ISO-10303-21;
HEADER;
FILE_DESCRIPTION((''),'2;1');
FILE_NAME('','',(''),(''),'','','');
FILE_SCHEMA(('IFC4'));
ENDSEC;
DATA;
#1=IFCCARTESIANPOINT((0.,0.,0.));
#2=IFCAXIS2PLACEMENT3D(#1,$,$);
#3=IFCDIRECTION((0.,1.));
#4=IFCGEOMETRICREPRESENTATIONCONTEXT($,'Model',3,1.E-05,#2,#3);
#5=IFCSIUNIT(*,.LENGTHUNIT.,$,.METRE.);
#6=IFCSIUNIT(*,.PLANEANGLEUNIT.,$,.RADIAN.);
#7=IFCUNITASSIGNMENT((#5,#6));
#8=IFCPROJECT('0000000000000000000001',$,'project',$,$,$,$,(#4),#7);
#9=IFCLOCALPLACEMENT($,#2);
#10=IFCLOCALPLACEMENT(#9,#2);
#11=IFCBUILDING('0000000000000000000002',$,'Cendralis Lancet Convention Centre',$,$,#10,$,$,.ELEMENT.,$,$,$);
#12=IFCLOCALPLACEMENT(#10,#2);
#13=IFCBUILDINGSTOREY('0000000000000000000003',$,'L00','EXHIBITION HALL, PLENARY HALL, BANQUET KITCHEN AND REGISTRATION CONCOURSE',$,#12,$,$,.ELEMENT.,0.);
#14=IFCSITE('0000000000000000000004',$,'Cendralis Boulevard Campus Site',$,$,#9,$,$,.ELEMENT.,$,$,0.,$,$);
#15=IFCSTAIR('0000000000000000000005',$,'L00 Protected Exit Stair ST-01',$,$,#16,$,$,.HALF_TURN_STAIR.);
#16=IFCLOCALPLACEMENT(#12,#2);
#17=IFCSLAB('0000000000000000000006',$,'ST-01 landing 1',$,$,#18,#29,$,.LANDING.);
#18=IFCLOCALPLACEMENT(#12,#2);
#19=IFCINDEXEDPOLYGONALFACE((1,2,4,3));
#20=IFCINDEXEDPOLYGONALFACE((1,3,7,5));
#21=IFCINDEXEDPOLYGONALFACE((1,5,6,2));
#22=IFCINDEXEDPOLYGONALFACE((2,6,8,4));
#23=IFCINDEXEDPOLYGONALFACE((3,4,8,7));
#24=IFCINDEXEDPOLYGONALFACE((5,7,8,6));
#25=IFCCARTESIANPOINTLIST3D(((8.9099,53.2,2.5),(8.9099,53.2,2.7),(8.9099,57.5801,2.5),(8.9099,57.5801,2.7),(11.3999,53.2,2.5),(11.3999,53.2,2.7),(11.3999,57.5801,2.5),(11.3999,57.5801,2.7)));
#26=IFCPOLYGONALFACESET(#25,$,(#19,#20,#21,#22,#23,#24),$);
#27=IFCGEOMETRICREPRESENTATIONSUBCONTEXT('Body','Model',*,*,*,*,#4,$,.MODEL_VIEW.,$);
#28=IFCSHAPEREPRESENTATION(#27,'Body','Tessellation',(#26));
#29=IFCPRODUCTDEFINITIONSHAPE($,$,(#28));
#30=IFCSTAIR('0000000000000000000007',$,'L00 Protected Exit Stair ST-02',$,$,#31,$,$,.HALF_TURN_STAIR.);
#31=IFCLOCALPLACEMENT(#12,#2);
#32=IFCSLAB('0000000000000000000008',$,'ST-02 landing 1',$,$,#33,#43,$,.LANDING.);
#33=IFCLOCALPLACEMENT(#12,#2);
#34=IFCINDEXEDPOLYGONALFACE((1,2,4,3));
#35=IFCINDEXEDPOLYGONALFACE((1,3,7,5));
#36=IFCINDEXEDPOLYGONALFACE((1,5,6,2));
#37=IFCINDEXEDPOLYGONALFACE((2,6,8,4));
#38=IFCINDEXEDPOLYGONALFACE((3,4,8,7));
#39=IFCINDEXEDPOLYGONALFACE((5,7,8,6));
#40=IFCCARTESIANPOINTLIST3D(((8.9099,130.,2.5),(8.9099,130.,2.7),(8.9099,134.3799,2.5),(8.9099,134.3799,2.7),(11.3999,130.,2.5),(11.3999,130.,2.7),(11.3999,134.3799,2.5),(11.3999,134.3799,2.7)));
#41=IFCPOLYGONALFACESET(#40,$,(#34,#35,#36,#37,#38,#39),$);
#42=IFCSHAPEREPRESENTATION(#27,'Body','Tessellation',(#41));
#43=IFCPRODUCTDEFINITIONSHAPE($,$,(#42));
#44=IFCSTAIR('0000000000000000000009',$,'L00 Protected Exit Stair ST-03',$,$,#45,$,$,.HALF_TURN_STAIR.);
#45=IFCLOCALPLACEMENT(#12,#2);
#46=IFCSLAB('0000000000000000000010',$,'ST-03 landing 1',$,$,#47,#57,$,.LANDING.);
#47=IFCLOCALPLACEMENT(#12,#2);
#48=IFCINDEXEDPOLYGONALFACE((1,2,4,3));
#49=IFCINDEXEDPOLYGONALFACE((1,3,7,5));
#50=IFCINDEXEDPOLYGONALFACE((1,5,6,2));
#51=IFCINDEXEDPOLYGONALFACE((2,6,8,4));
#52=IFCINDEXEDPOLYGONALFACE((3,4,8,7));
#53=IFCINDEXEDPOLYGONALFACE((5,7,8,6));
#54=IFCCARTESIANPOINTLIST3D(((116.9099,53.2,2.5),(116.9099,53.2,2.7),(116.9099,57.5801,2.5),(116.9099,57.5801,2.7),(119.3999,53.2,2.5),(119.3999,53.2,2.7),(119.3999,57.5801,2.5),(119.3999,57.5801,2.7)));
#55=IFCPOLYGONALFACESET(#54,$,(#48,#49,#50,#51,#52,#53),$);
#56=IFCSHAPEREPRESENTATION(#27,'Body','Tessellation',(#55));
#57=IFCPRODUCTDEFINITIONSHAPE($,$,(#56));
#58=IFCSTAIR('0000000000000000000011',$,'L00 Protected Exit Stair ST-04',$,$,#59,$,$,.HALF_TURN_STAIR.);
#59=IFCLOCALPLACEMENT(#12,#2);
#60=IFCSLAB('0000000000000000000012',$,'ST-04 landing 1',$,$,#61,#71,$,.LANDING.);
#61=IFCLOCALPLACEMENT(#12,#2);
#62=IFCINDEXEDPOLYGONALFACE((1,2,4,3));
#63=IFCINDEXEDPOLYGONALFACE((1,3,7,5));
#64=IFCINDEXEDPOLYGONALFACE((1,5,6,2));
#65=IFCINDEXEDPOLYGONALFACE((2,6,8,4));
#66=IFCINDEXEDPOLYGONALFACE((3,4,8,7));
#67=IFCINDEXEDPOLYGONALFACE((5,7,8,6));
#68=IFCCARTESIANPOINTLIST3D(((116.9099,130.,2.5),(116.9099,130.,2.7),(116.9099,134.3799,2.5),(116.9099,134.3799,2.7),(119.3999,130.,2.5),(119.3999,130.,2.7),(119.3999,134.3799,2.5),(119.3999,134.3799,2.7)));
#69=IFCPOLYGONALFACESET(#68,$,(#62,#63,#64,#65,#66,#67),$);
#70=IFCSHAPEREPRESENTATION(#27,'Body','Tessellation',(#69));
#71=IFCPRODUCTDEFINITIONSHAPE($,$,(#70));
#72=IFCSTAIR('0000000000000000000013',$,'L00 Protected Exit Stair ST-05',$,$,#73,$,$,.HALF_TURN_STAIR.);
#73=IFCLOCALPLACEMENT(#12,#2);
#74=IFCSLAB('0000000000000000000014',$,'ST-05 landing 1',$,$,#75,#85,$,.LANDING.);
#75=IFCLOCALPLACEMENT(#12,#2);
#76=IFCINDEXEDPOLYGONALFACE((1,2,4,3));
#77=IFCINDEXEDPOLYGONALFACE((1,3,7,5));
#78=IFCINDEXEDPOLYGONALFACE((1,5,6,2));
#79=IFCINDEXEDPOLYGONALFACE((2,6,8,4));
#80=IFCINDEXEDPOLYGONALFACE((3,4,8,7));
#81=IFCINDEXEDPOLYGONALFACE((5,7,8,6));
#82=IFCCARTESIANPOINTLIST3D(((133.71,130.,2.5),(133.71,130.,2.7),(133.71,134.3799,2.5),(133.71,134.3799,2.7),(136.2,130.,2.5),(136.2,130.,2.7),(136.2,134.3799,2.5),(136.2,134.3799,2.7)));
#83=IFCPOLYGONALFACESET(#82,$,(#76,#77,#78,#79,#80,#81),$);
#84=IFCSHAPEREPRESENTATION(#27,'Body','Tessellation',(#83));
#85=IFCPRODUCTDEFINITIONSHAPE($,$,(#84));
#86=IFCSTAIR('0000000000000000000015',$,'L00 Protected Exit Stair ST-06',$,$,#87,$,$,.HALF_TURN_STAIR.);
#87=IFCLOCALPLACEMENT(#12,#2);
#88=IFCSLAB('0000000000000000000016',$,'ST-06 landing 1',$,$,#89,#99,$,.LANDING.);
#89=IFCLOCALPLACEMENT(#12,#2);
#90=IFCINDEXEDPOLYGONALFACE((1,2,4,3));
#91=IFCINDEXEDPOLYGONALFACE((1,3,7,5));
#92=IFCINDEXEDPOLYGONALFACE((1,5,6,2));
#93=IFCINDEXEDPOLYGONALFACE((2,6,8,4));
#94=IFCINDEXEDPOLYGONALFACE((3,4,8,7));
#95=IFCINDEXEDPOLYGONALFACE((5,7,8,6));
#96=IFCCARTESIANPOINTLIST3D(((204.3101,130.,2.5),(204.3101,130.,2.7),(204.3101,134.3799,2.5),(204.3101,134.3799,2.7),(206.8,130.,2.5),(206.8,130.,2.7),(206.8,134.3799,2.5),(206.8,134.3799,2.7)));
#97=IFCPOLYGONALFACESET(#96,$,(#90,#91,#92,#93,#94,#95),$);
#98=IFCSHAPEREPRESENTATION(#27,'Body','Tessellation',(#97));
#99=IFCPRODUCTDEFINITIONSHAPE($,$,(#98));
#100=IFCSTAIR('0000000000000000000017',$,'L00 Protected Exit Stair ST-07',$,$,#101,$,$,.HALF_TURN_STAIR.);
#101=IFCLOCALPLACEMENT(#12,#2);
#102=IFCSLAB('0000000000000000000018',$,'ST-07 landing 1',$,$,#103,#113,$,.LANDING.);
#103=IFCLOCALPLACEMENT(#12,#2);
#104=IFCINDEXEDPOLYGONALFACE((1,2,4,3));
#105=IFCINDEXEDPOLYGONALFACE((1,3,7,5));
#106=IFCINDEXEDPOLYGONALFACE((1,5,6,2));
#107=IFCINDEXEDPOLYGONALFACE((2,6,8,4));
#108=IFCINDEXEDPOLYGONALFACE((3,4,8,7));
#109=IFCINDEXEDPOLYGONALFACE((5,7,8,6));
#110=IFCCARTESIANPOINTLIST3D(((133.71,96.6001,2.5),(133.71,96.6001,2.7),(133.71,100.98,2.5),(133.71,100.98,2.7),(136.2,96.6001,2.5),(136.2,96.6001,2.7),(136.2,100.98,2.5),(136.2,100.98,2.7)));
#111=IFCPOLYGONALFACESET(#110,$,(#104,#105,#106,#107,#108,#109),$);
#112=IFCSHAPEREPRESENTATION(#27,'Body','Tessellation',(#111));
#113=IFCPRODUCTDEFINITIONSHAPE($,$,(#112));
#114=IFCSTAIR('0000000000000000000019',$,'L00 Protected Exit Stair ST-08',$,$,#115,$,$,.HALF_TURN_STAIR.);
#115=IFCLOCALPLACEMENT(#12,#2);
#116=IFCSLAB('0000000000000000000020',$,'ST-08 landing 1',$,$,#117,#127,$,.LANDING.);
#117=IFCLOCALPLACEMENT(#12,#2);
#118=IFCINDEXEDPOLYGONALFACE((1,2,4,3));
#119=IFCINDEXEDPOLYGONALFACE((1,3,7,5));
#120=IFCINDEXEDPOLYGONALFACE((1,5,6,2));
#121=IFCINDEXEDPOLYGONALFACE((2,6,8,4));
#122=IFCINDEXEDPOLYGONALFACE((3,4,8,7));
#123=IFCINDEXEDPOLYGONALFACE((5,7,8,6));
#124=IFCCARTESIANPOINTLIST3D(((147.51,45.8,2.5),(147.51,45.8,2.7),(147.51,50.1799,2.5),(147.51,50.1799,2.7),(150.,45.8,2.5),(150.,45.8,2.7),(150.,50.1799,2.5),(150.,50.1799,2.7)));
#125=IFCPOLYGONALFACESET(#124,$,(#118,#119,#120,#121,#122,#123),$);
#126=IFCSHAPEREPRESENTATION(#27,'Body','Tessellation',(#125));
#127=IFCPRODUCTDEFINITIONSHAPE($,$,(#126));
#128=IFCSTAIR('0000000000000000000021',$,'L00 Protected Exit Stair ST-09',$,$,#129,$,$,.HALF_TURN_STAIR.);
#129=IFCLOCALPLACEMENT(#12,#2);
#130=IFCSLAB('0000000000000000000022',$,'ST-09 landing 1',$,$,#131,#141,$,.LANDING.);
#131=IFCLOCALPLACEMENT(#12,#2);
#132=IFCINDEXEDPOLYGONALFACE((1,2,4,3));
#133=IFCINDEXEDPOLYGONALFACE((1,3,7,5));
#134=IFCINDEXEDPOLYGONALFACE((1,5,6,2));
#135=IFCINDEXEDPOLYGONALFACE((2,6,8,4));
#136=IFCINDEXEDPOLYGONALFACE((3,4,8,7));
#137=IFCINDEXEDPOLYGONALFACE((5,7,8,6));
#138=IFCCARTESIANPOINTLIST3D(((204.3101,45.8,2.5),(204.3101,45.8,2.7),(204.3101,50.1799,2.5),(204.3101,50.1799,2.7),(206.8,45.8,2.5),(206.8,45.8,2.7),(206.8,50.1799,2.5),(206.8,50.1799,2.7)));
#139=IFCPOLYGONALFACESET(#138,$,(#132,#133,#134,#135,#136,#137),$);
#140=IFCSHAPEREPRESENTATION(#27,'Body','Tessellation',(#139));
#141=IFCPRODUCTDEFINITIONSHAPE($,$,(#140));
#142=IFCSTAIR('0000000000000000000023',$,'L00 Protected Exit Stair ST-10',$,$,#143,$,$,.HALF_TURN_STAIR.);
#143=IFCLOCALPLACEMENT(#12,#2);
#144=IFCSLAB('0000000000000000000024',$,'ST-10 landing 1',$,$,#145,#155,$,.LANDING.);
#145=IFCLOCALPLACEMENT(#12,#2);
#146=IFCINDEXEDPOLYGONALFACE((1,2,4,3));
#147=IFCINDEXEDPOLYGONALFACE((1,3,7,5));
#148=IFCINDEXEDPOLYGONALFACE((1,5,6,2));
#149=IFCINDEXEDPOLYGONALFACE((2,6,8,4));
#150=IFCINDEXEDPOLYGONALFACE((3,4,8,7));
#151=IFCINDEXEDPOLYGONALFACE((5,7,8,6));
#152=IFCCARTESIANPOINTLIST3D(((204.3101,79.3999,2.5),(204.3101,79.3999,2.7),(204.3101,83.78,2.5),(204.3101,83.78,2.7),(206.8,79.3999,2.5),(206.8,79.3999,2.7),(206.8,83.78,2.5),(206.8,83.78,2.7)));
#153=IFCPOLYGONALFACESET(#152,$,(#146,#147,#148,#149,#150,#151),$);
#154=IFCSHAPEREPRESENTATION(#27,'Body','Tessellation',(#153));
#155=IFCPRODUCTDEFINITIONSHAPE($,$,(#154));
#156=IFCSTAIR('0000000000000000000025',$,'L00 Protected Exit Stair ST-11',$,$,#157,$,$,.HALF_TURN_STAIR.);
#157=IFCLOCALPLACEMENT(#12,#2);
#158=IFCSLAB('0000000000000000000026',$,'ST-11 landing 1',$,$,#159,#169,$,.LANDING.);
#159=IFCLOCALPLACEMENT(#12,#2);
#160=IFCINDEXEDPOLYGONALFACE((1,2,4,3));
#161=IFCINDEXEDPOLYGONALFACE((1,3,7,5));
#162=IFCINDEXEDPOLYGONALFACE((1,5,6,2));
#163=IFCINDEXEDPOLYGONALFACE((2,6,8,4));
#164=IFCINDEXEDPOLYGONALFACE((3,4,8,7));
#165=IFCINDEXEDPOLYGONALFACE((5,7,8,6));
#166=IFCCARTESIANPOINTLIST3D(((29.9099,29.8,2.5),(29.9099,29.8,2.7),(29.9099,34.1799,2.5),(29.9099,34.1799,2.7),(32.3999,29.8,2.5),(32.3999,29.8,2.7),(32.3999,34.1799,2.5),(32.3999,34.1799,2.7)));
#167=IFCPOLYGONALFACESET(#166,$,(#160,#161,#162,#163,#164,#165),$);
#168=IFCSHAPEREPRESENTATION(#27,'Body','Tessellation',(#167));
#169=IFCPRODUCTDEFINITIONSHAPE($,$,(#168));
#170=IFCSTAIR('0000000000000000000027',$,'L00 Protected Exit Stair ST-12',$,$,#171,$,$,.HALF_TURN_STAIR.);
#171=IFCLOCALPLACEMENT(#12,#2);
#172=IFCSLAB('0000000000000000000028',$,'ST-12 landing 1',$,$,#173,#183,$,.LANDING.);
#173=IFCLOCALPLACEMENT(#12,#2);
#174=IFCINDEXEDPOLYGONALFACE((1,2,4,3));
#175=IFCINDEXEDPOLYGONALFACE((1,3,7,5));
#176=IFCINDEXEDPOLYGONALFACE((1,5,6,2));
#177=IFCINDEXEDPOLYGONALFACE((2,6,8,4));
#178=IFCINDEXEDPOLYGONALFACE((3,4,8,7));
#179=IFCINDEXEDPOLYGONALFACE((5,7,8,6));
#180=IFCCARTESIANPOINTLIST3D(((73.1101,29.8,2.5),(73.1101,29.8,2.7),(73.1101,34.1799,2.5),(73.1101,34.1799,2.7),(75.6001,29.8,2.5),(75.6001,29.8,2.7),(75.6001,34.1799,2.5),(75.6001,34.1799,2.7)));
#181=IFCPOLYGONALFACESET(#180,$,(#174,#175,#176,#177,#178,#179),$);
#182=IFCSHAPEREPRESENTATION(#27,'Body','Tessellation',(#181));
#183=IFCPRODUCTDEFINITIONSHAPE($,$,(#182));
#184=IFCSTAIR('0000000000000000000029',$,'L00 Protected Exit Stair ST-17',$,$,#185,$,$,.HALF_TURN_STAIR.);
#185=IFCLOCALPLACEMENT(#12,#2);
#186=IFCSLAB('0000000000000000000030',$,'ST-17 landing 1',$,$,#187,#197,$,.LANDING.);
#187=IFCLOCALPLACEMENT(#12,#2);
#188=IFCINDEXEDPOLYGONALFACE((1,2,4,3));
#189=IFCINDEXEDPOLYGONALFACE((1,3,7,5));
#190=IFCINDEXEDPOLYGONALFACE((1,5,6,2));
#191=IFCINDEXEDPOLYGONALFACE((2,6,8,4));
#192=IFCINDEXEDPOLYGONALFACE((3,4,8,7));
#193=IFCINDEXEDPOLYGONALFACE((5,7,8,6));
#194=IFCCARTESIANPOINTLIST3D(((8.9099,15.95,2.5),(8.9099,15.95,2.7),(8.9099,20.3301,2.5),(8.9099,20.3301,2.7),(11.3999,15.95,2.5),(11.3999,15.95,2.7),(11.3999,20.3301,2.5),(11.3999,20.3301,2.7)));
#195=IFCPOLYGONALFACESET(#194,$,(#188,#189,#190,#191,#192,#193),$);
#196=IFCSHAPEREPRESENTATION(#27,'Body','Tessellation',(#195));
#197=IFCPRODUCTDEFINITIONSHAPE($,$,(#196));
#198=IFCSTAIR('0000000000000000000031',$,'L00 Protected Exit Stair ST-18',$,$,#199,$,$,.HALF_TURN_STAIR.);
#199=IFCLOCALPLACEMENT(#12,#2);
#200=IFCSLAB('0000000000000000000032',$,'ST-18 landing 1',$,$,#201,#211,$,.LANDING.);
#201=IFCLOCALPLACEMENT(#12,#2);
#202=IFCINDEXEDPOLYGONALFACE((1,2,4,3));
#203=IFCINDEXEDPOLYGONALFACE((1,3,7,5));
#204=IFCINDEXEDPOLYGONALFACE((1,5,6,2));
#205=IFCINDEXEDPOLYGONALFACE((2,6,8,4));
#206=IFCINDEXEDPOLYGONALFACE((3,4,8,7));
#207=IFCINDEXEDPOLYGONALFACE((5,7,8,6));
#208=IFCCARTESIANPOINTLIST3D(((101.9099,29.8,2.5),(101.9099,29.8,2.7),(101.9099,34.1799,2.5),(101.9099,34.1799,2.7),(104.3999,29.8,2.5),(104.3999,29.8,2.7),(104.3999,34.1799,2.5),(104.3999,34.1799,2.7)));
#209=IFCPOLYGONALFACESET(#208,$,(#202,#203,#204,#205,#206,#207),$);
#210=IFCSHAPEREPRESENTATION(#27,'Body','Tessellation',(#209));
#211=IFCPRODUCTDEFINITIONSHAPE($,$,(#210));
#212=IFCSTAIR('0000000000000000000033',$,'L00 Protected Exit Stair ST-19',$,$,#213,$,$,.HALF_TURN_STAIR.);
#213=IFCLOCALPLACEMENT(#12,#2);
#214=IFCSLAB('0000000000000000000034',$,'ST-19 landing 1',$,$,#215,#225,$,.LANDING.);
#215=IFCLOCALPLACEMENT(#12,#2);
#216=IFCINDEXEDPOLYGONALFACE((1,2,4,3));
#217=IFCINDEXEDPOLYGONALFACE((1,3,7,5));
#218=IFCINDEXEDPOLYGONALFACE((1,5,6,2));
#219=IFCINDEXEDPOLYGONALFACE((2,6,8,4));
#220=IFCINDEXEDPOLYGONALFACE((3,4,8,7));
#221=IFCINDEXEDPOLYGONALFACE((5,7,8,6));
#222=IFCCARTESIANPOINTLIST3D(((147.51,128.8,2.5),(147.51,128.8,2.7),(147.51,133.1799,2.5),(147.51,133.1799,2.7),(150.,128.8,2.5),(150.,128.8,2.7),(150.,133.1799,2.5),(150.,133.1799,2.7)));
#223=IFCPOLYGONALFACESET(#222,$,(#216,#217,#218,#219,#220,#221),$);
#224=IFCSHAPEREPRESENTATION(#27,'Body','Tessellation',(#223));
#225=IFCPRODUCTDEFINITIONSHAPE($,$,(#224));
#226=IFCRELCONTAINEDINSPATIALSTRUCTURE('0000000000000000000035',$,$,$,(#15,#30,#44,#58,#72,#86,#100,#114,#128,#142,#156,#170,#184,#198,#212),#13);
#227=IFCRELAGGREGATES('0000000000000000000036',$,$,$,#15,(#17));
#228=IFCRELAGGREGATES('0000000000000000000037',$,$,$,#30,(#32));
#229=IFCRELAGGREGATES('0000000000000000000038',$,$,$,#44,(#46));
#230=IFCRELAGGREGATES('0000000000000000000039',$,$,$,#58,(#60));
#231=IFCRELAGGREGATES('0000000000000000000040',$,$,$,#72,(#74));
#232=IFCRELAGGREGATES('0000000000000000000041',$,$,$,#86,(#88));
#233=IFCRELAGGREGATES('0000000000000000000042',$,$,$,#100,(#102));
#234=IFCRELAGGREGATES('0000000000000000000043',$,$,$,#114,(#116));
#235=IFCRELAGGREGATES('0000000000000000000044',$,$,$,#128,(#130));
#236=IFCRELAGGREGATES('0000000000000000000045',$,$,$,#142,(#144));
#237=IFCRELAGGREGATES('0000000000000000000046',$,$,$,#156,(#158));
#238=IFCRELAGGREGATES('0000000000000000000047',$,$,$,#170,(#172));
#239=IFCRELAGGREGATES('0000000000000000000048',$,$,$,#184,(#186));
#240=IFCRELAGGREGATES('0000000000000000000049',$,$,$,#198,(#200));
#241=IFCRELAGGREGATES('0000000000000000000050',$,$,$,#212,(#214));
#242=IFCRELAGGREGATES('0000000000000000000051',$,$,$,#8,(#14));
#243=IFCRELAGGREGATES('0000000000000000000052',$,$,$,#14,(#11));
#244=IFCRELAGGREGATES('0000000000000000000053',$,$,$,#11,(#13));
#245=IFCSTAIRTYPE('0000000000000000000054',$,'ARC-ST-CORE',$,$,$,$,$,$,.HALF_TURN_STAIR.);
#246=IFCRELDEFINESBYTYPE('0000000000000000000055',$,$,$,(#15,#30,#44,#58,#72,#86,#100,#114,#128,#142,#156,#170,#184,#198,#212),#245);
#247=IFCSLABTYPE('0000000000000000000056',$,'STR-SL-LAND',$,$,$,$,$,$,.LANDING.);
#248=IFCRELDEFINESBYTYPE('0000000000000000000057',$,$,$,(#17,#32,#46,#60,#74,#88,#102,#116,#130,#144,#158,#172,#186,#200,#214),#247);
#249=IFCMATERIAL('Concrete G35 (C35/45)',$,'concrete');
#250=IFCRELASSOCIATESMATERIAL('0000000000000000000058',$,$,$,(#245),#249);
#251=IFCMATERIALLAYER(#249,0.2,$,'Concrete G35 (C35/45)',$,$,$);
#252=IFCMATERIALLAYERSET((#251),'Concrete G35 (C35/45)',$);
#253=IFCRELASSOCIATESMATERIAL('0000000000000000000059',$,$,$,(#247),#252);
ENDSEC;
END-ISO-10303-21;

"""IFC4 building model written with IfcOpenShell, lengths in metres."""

from ifc_helpers import new_model, si_unit, direction, frame, origin, place, context, subcontext, project, spatial, polyline, outline, extrude, material, layer, layer_set, type_object, element, aggregate, save


model = new_model("IFC4")

# Units and contexts
model_context = context("Model", 3, precision=1e-05, world=origin(), true_north=direction((0.0, 1.0)))
body_context = subcontext(model_context, "Body", "Model", "MODEL_VIEW")
ifc_project = project(units=[si_unit("LENGTHUNIT", "METRE"), si_unit("PLANEANGLEUNIT", "RADIAN")], contexts=[model_context])

# Site, building, storey
site_placement = place(None, origin())
site = spatial("IfcSite", under=ifc_project, at=site_placement, Name="Cendralis Boulevard Campus Site", CompositionType="ELEMENT", RefElevation=0.0)
building_placement = place(site_placement, origin())
building = spatial("IfcBuilding", under=site, at=building_placement, Name="Cendralis Lancet Convention Centre", CompositionType="ELEMENT")
storey_placement = place(building_placement, origin())
storey = spatial("IfcBuildingStorey", under=building, at=storey_placement, Name="L00", Description="EXHIBITION HALL, PLENARY HALL, BANQUET KITCHEN AND REGISTRATION CONCOURSE", CompositionType="ELEMENT", Elevation=0.0)

# Stairs, slabs
ifc_material_1 = material(Name="Concrete G35 (C35/45)", Category="concrete")
stair_type = type_object("IfcStairType", Name="ARC-ST-CORE", PredefinedType="HALF_TURN_STAIR", material=ifc_material_1)
stair_1_placement = place(storey_placement, origin())
stair_1 = element("IfcStair", 1, at=stair_1_placement, inside=storey, type_object=stair_type, Name="L00 Protected Exit Stair ST-01", PredefinedType="HALF_TURN_STAIR")
ifc_layer_1 = layer(ifc_material_1, 0.2, Name="Concrete G35 (C35/45)")
ifc_layer_set_1 = layer_set([ifc_layer_1], Name="Concrete G35 (C35/45)")
slab_type = type_object("IfcSlabType", Name="STR-SL-LAND", PredefinedType="LANDING", material=ifc_layer_set_1)
slab_1_placement = place(storey_placement, frame((0.0, 0.0, 2.5)))
slab_1 = element("IfcSlab", 2, at=slab_1_placement, type_object=slab_type, Name="ST-01 landing 1", PredefinedType="LANDING", context=body_context, shape_type="SweptSolid", body=[
    extrude(outline(polyline([(8.9099, 53.2), (11.3999, 53.2), (11.3999, 57.5801), (8.9099, 57.5801), (8.9099, 53.2)])), origin(), (0.0, 0.0, 1.0), 0.2),
])
aggregate(stair_1, [slab_1])
stair_2_placement = place(storey_placement, origin())
stair_2 = element("IfcStair", 3, at=stair_2_placement, inside=storey, type_object=stair_type, Name="L00 Protected Exit Stair ST-02", PredefinedType="HALF_TURN_STAIR")
slab_2_placement = place(storey_placement, frame((0.0, 0.0, 2.5)))
slab_2 = element("IfcSlab", 4, at=slab_2_placement, type_object=slab_type, Name="ST-02 landing 1", PredefinedType="LANDING", context=body_context, shape_type="SweptSolid", body=[
    extrude(outline(polyline([(8.9099, 130.0), (11.3999, 130.0), (11.3999, 134.3799), (8.9099, 134.3799), (8.9099, 130.0)])), origin(), (0.0, 0.0, 1.0), 0.2),
])
aggregate(stair_2, [slab_2])
stair_3_placement = place(storey_placement, origin())
stair_3 = element("IfcStair", 5, at=stair_3_placement, inside=storey, type_object=stair_type, Name="L00 Protected Exit Stair ST-03", PredefinedType="HALF_TURN_STAIR")
slab_3_placement = place(storey_placement, frame((0.0, 0.0, 2.5)))
slab_3 = element("IfcSlab", 6, at=slab_3_placement, type_object=slab_type, Name="ST-03 landing 1", PredefinedType="LANDING", context=body_context, shape_type="SweptSolid", body=[
    extrude(outline(polyline([(116.9099, 53.2), (119.3999, 53.2), (119.3999, 57.5801), (116.9099, 57.5801), (116.9099, 53.2)])), origin(), (0.0, 0.0, 1.0), 0.2),
])
aggregate(stair_3, [slab_3])
stair_4_placement = place(storey_placement, origin())
stair_4 = element("IfcStair", 7, at=stair_4_placement, inside=storey, type_object=stair_type, Name="L00 Protected Exit Stair ST-04", PredefinedType="HALF_TURN_STAIR")
slab_4_placement = place(storey_placement, frame((0.0, 0.0, 2.5)))
slab_4 = element("IfcSlab", 8, at=slab_4_placement, type_object=slab_type, Name="ST-04 landing 1", PredefinedType="LANDING", context=body_context, shape_type="SweptSolid", body=[
    extrude(outline(polyline([(116.9099, 130.0), (119.3999, 130.0), (119.3999, 134.3799), (116.9099, 134.3799), (116.9099, 130.0)])), origin(), (0.0, 0.0, 1.0), 0.2),
])
aggregate(stair_4, [slab_4])
stair_5_placement = place(storey_placement, origin())
stair_5 = element("IfcStair", 9, at=stair_5_placement, inside=storey, type_object=stair_type, Name="L00 Protected Exit Stair ST-05", PredefinedType="HALF_TURN_STAIR")
slab_5_placement = place(storey_placement, frame((0.0, 0.0, 2.5)))
slab_5 = element("IfcSlab", 10, at=slab_5_placement, type_object=slab_type, Name="ST-05 landing 1", PredefinedType="LANDING", context=body_context, shape_type="SweptSolid", body=[
    extrude(outline(polyline([(133.71, 130.0), (136.2, 130.0), (136.2, 134.3799), (133.71, 134.3799), (133.71, 130.0)])), origin(), (0.0, 0.0, 1.0), 0.2),
])
aggregate(stair_5, [slab_5])
stair_6_placement = place(storey_placement, origin())
stair_6 = element("IfcStair", 11, at=stair_6_placement, inside=storey, type_object=stair_type, Name="L00 Protected Exit Stair ST-06", PredefinedType="HALF_TURN_STAIR")
slab_6_placement = place(storey_placement, frame((0.0, 0.0, 2.5)))
slab_6 = element("IfcSlab", 12, at=slab_6_placement, type_object=slab_type, Name="ST-06 landing 1", PredefinedType="LANDING", context=body_context, shape_type="SweptSolid", body=[
    extrude(outline(polyline([(204.3101, 130.0), (206.8, 130.0), (206.8, 134.3799), (204.3101, 134.3799), (204.3101, 130.0)])), origin(), (0.0, 0.0, 1.0), 0.2),
])
aggregate(stair_6, [slab_6])
stair_7_placement = place(storey_placement, origin())
stair_7 = element("IfcStair", 13, at=stair_7_placement, inside=storey, type_object=stair_type, Name="L00 Protected Exit Stair ST-07", PredefinedType="HALF_TURN_STAIR")
slab_7_placement = place(storey_placement, frame((0.0, 0.0, 2.5)))
slab_7 = element("IfcSlab", 14, at=slab_7_placement, type_object=slab_type, Name="ST-07 landing 1", PredefinedType="LANDING", context=body_context, shape_type="SweptSolid", body=[
    extrude(outline(polyline([(133.71, 96.6001), (136.2, 96.6001), (136.2, 100.98), (133.71, 100.98), (133.71, 96.6001)])), origin(), (0.0, 0.0, 1.0), 0.2),
])
aggregate(stair_7, [slab_7])
stair_8_placement = place(storey_placement, origin())
stair_8 = element("IfcStair", 15, at=stair_8_placement, inside=storey, type_object=stair_type, Name="L00 Protected Exit Stair ST-08", PredefinedType="HALF_TURN_STAIR")
slab_8_placement = place(storey_placement, frame((0.0, 0.0, 2.5)))
slab_8 = element("IfcSlab", 16, at=slab_8_placement, type_object=slab_type, Name="ST-08 landing 1", PredefinedType="LANDING", context=body_context, shape_type="SweptSolid", body=[
    extrude(outline(polyline([(147.51, 45.8), (150.0, 45.8), (150.0, 50.1799), (147.51, 50.1799), (147.51, 45.8)])), origin(), (0.0, 0.0, 1.0), 0.2),
])
aggregate(stair_8, [slab_8])
stair_9_placement = place(storey_placement, origin())
stair_9 = element("IfcStair", 17, at=stair_9_placement, inside=storey, type_object=stair_type, Name="L00 Protected Exit Stair ST-09", PredefinedType="HALF_TURN_STAIR")
slab_9_placement = place(storey_placement, frame((0.0, 0.0, 2.5)))
slab_9 = element("IfcSlab", 18, at=slab_9_placement, type_object=slab_type, Name="ST-09 landing 1", PredefinedType="LANDING", context=body_context, shape_type="SweptSolid", body=[
    extrude(outline(polyline([(204.3101, 45.8), (206.8, 45.8), (206.8, 50.1799), (204.3101, 50.1799), (204.3101, 45.8)])), origin(), (0.0, 0.0, 1.0), 0.2),
])
aggregate(stair_9, [slab_9])
stair_10_placement = place(storey_placement, origin())
stair_10 = element("IfcStair", 19, at=stair_10_placement, inside=storey, type_object=stair_type, Name="L00 Protected Exit Stair ST-10", PredefinedType="HALF_TURN_STAIR")
slab_10_placement = place(storey_placement, frame((0.0, 0.0, 2.5)))
slab_10 = element("IfcSlab", 20, at=slab_10_placement, type_object=slab_type, Name="ST-10 landing 1", PredefinedType="LANDING", context=body_context, shape_type="SweptSolid", body=[
    extrude(outline(polyline([(204.3101, 79.3999), (206.8, 79.3999), (206.8, 83.78), (204.3101, 83.78), (204.3101, 79.3999)])), origin(), (0.0, 0.0, 1.0), 0.2),
])
aggregate(stair_10, [slab_10])
stair_11_placement = place(storey_placement, origin())
stair_11 = element("IfcStair", 21, at=stair_11_placement, inside=storey, type_object=stair_type, Name="L00 Protected Exit Stair ST-11", PredefinedType="HALF_TURN_STAIR")
slab_11_placement = place(storey_placement, frame((0.0, 0.0, 2.5)))
slab_11 = element("IfcSlab", 22, at=slab_11_placement, type_object=slab_type, Name="ST-11 landing 1", PredefinedType="LANDING", context=body_context, shape_type="SweptSolid", body=[
    extrude(outline(polyline([(29.9099, 29.8), (32.3999, 29.8), (32.3999, 34.1799), (29.9099, 34.1799), (29.9099, 29.8)])), origin(), (0.0, 0.0, 1.0), 0.2),
])
aggregate(stair_11, [slab_11])
stair_12_placement = place(storey_placement, origin())
stair_12 = element("IfcStair", 23, at=stair_12_placement, inside=storey, type_object=stair_type, Name="L00 Protected Exit Stair ST-12", PredefinedType="HALF_TURN_STAIR")
slab_12_placement = place(storey_placement, frame((0.0, 0.0, 2.5)))
slab_12 = element("IfcSlab", 24, at=slab_12_placement, type_object=slab_type, Name="ST-12 landing 1", PredefinedType="LANDING", context=body_context, shape_type="SweptSolid", body=[
    extrude(outline(polyline([(73.1101, 29.8), (75.6001, 29.8), (75.6001, 34.1799), (73.1101, 34.1799), (73.1101, 29.8)])), origin(), (0.0, 0.0, 1.0), 0.2),
])
aggregate(stair_12, [slab_12])
stair_13_placement = place(storey_placement, origin())
stair_13 = element("IfcStair", 25, at=stair_13_placement, inside=storey, type_object=stair_type, Name="L00 Protected Exit Stair ST-17", PredefinedType="HALF_TURN_STAIR")
slab_13_placement = place(storey_placement, frame((0.0, 0.0, 2.5)))
slab_13 = element("IfcSlab", 26, at=slab_13_placement, type_object=slab_type, Name="ST-17 landing 1", PredefinedType="LANDING", context=body_context, shape_type="SweptSolid", body=[
    extrude(outline(polyline([(8.9099, 15.95), (11.3999, 15.95), (11.3999, 20.3301), (8.9099, 20.3301), (8.9099, 15.95)])), origin(), (0.0, 0.0, 1.0), 0.2),
])
aggregate(stair_13, [slab_13])
stair_14_placement = place(storey_placement, origin())
stair_14 = element("IfcStair", 27, at=stair_14_placement, inside=storey, type_object=stair_type, Name="L00 Protected Exit Stair ST-18", PredefinedType="HALF_TURN_STAIR")
slab_14_placement = place(storey_placement, frame((0.0, 0.0, 2.5)))
slab_14 = element("IfcSlab", 28, at=slab_14_placement, type_object=slab_type, Name="ST-18 landing 1", PredefinedType="LANDING", context=body_context, shape_type="SweptSolid", body=[
    extrude(outline(polyline([(101.9099, 29.8), (104.3999, 29.8), (104.3999, 34.1799), (101.9099, 34.1799), (101.9099, 29.8)])), origin(), (0.0, 0.0, 1.0), 0.2),
])
aggregate(stair_14, [slab_14])
stair_15_placement = place(storey_placement, origin())
stair_15 = element("IfcStair", 29, at=stair_15_placement, inside=storey, type_object=stair_type, Name="L00 Protected Exit Stair ST-19", PredefinedType="HALF_TURN_STAIR")
slab_15_placement = place(storey_placement, frame((0.0, 0.0, 2.5)))
slab_15 = element("IfcSlab", 30, at=slab_15_placement, type_object=slab_type, Name="ST-19 landing 1", PredefinedType="LANDING", context=body_context, shape_type="SweptSolid", body=[
    extrude(outline(polyline([(147.51, 128.8), (150.0, 128.8), (150.0, 133.1799), (147.51, 133.1799), (147.51, 128.8)])), origin(), (0.0, 0.0, 1.0), 0.2),
])
aggregate(stair_15, [slab_15])

save(model, "model.ifc")
